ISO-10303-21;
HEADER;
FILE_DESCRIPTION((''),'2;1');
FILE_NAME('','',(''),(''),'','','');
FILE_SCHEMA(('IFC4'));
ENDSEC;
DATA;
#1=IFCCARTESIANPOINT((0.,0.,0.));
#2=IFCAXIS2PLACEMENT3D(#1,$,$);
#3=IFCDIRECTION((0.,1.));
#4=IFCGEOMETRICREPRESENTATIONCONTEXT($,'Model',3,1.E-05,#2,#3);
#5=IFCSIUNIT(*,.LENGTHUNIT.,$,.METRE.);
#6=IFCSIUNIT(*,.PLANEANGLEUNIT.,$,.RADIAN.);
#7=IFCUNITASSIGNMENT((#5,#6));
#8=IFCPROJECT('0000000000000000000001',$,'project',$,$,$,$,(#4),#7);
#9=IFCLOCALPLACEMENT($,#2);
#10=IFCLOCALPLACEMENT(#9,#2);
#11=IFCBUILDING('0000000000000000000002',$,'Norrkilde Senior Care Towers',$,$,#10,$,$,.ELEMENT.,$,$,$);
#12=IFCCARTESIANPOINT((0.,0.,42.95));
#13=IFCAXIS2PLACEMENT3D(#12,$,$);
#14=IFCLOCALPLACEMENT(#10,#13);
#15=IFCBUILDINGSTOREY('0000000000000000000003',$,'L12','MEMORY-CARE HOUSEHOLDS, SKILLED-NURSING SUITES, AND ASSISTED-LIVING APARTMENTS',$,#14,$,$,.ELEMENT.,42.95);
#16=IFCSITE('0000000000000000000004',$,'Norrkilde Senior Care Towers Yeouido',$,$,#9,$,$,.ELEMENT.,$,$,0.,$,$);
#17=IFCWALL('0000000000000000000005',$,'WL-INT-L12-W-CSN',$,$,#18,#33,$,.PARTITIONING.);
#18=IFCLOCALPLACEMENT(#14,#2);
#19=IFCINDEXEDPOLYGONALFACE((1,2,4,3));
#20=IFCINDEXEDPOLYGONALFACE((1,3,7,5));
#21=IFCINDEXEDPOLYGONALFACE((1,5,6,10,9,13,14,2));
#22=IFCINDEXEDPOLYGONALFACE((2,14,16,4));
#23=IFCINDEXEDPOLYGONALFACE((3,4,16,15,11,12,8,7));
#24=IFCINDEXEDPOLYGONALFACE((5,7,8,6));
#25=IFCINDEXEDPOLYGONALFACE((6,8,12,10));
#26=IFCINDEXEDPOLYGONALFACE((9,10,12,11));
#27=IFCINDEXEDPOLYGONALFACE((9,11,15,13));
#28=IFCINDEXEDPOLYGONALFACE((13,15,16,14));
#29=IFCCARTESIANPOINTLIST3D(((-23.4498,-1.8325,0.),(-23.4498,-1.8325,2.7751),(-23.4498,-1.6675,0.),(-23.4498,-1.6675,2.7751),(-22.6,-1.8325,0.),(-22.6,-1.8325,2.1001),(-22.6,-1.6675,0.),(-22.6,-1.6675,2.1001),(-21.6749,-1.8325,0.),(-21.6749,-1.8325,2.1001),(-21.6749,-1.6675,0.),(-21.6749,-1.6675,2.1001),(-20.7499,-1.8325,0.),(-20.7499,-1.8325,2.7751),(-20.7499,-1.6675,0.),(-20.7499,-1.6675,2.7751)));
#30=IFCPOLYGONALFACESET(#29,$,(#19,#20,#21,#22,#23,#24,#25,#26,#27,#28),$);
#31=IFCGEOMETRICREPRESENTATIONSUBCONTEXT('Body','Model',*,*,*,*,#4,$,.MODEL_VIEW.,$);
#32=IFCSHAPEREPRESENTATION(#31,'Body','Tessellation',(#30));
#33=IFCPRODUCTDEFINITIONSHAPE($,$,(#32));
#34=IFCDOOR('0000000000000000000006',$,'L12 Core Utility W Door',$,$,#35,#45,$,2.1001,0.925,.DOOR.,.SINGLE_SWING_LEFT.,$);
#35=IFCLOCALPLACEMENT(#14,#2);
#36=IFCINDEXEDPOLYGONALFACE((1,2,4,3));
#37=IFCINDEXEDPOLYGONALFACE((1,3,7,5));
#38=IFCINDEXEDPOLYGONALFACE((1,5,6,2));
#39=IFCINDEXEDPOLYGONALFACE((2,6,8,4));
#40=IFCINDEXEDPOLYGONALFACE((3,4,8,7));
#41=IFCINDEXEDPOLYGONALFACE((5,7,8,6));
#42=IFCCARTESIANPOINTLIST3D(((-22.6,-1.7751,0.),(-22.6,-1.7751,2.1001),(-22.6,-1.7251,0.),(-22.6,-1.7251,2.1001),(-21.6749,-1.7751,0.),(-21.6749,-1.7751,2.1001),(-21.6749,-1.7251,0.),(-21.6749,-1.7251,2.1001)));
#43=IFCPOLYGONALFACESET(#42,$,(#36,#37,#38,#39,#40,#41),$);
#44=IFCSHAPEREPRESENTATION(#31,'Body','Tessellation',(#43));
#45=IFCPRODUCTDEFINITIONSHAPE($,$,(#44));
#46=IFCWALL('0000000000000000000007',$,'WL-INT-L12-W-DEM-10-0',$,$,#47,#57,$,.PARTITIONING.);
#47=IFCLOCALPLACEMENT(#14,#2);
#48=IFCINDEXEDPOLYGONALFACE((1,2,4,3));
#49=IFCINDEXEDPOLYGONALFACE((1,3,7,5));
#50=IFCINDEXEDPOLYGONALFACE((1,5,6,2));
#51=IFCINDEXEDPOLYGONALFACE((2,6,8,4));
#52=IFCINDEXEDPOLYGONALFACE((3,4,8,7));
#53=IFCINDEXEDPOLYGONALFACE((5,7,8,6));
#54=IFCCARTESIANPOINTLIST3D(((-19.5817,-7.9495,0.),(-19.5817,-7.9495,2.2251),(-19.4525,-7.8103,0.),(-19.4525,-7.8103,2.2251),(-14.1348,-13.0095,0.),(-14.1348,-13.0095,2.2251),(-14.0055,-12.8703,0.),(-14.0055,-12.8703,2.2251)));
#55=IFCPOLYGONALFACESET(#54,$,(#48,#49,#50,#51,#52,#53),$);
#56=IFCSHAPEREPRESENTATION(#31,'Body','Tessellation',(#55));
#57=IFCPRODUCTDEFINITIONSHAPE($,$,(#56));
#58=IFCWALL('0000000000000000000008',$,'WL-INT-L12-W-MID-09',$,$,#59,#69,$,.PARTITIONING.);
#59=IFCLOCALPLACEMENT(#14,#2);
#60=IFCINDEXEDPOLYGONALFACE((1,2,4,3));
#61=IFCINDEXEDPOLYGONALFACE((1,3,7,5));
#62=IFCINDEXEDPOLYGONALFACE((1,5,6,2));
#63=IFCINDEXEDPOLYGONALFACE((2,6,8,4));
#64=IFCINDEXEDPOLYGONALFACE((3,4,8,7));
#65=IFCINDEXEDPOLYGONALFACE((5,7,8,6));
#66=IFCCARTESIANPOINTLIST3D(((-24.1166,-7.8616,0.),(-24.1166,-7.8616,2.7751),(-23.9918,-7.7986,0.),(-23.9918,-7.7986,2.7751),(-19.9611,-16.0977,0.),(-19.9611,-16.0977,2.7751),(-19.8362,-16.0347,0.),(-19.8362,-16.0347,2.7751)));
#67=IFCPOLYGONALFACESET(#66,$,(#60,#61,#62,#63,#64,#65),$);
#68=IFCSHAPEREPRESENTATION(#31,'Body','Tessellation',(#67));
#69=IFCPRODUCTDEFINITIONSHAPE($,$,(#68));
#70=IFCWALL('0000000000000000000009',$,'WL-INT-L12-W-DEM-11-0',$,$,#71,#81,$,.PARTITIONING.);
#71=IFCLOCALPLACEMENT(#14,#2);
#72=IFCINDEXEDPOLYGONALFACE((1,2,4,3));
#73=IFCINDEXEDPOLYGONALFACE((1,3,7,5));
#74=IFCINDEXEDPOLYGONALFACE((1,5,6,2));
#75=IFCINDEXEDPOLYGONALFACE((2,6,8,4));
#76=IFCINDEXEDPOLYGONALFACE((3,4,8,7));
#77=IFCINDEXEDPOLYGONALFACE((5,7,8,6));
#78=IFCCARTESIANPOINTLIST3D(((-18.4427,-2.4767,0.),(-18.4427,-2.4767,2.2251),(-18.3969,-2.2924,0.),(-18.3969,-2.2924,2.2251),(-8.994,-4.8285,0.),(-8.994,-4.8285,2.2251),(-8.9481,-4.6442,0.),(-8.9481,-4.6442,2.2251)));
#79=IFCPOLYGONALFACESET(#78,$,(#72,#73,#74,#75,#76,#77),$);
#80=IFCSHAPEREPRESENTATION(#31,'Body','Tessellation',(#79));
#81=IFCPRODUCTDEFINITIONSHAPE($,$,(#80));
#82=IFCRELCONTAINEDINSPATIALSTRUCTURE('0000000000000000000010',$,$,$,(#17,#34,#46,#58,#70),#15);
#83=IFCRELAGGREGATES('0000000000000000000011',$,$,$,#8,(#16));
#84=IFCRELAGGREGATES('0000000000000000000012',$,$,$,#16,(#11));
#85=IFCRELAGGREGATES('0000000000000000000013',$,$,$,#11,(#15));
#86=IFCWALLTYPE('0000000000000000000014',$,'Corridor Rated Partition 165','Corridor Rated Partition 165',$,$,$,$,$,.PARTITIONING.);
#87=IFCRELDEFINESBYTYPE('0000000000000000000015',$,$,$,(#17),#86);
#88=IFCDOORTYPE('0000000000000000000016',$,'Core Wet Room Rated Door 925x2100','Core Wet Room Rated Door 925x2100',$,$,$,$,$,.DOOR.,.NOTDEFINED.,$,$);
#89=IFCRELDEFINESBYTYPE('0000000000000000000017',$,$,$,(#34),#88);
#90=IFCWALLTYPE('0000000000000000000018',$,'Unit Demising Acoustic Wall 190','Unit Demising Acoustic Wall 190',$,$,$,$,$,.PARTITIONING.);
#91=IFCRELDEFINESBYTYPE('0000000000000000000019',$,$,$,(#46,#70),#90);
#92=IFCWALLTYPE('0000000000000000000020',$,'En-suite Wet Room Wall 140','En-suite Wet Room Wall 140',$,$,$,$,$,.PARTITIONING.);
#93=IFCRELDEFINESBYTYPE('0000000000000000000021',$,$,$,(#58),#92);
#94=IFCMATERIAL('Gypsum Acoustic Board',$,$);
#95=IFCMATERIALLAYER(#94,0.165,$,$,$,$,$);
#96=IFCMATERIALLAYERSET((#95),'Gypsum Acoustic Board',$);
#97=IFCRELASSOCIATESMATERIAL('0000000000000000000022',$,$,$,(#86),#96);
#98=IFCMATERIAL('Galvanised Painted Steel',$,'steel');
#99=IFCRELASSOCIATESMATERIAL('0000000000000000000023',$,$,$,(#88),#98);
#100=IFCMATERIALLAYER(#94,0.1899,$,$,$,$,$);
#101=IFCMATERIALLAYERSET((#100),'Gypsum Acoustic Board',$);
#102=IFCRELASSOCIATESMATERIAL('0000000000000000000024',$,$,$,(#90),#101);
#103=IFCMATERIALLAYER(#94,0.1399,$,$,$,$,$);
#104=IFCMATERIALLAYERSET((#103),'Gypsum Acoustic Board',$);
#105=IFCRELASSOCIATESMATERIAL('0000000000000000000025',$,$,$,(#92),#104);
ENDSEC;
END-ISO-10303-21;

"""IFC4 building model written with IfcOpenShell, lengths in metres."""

from ifc_helpers import new_model, si_unit, direction, frame, frame_2d, origin, place, context, subcontext, project, spatial, rectangle, extrude, source, transform, mapped, material, layer, layer_set, type_object, type_shapes, element, fill, save


model = new_model("IFC4")

# Units and contexts
model_context = context("Model", 3, precision=1e-05, world=origin(), true_north=direction((0.0, 1.0)))
body_context = subcontext(model_context, "Body", "Model", "MODEL_VIEW")
ifc_project = project(units=[si_unit("LENGTHUNIT", "METRE"), si_unit("PLANEANGLEUNIT", "RADIAN")], contexts=[model_context])

# Site, building, storey
site_placement = place(None, origin())
site = spatial("IfcSite", under=ifc_project, at=site_placement, Name="Norrkilde Senior Care Towers Yeouido", CompositionType="ELEMENT", RefElevation=0.0)
building_placement = place(site_placement, origin())
building = spatial("IfcBuilding", under=site, at=building_placement, Name="Norrkilde Senior Care Towers", CompositionType="ELEMENT")
storey_placement = place(building_placement, frame((0.0, 0.0, 42.95)))
storey = spatial("IfcBuildingStorey", under=building, at=storey_placement, Name="L12", Description="MEMORY-CARE HOUSEHOLDS, SKILLED-NURSING SUITES, AND ASSISTED-LIVING APARTMENTS", CompositionType="ELEMENT", Elevation=42.95)

# Wall, opening, door
ifc_material_1 = material(Name="Gypsum Acoustic Board")
ifc_layer_1 = layer(ifc_material_1, 0.165)
ifc_layer_set_1 = layer_set([ifc_layer_1], Name="Gypsum Acoustic Board")
wall_type_1 = type_object("IfcWallType", Name="Corridor Rated Partition 165", Description="Corridor Rated Partition 165", PredefinedType="PARTITIONING", material=ifc_layer_set_1)
shared_shape_1 = source(origin(), body_context, "Body", "SweptSolid", [
    extrude(rectangle(XDim=2.7, YDim=0.165, at=frame_2d((1.3501, 0.0))), origin(), (0.0, 0.0, 1.0), 2.7751),
])
wall_1_placement = place(storey_placement, frame((-23.45, -1.75, 0.0), z_axis=(0.0, 0.0, 1.0), x_axis=(1.0, 0.0, 0.0)))
wall_1 = element("IfcWall", 1, at=wall_1_placement, inside=storey, type_object=wall_type_1, Name="WL-INT-L12-W-CSN", PredefinedType="PARTITIONING", context=body_context, shape_type="MappedRepresentation", body=[
    mapped(shared_shape_1, transform((0.0, 0.0, 0.0), x_axis=(1.0, 0.0, 0.0), y_axis=(0.0, 1.0, 0.0), z_axis=(0.0, 0.0, 1.0), scale=1.0)),
])
opening_1_placement = place(wall_1_placement, frame((0.8501, 0.0, 0.0)))
opening_1 = element("IfcOpeningElement", 2, at=opening_1_placement, cuts=wall_1, PredefinedType="OPENING", context=body_context, shape_type="SweptSolid", body=[
    extrude(rectangle(XDim=0.925, YDim=2.1001, at=frame_2d((0.4624, 1.05))), frame((0.0, 0.0925, 0.0), z_axis=(0.0, -1.0, 0.0), x_axis=(1.0, 0.0, 0.0)), (0.0, 0.0, 1.0), 0.1851),
])
ifc_material_2 = material(Name="Galvanised Painted Steel", Category="steel")
door_type_1 = type_object("IfcDoorType", Name="Core Wet Room Rated Door 925x2100", Description="Core Wet Room Rated Door 925x2100", OperationType="NOTDEFINED", PredefinedType="DOOR", material=ifc_material_2)
shared_shape_2 = source(origin(), body_context, "Body", "SweptSolid", [
    extrude(rectangle(XDim=0.925, YDim=2.1001, at=frame_2d((0.4624, 1.05))), frame((0.0, 0.0249, 0.0), z_axis=(0.0, -1.0, 0.0), x_axis=(1.0, 0.0, 0.0)), (0.0, 0.0, 1.0), 0.05),
])
type_shapes(door_type_1, [shared_shape_2])
door_1_placement = place(opening_1_placement, origin())
door_1 = element("IfcDoor", 3, at=door_1_placement, inside=storey, type_object=door_type_1, Name="L12 Core Utility W Door", OperationType="SINGLE_SWING_LEFT", OverallHeight=2.1001, OverallWidth=0.925, PredefinedType="DOOR", context=body_context, shape_type="MappedRepresentation", body=[
    mapped(shared_shape_2, transform((0.0, 0.0, 0.0), x_axis=(1.0, 0.0, 0.0), y_axis=(0.0, 1.0, 0.0), z_axis=(0.0, 0.0, 1.0), scale=1.0)),
])
fill(opening_1, door_1)

# Walls
ifc_layer_2 = layer(ifc_material_1, 0.1899)
ifc_layer_set_2 = layer_set([ifc_layer_2], Name="Gypsum Acoustic Board")
wall_type_2 = type_object("IfcWallType", Name="Unit Demising Acoustic Wall 190", Description="Unit Demising Acoustic Wall 190", PredefinedType="PARTITIONING", material=ifc_layer_set_2)
shared_shape_3 = source(origin(), body_context, "Body", "SweptSolid", [
    extrude(rectangle(XDim=7.4346, YDim=0.1899, at=frame_2d((3.7173, 0.0))), origin(), (0.0, 0.0, 1.0), 2.2251),
])
wall_2_placement = place(storey_placement, frame((-19.5171, -7.8799, 0.0), z_axis=(0.0, 0.0, 1.0), x_axis=(0.732652, -0.680603, 0.0)))
element("IfcWall", 4, at=wall_2_placement, inside=storey, type_object=wall_type_2, Name="WL-INT-L12-W-DEM-10-0", PredefinedType="PARTITIONING", context=body_context, shape_type="MappedRepresentation", body=[
    mapped(shared_shape_3, transform((0.0, 0.0, 0.0), x_axis=(1.0, 0.0, 0.0), y_axis=(0.0, 1.0, 0.0), z_axis=(0.0, 0.0, 1.0), scale=1.0)),
])
ifc_layer_3 = layer(ifc_material_1, 0.1399)
ifc_layer_set_3 = layer_set([ifc_layer_3], Name="Gypsum Acoustic Board")
wall_type_3 = type_object("IfcWallType", Name="En-suite Wet Room Wall 140", Description="En-suite Wet Room Wall 140", PredefinedType="PARTITIONING", material=ifc_layer_set_3)
shared_shape_4 = source(origin(), body_context, "Body", "SweptSolid", [
    extrude(rectangle(XDim=9.2251, YDim=0.1399, at=frame_2d((4.6125, 0.0))), origin(), (0.0, 0.0, 1.0), 2.7751),
])
type_shapes(wall_type_3, [shared_shape_4])
wall_3_placement = place(storey_placement, frame((-24.0542, -7.8301, 0.0), z_axis=(0.0, 0.0, 1.0), x_axis=(0.450461, -0.892796, 0.0)))
element("IfcWall", 5, at=wall_3_placement, inside=storey, type_object=wall_type_3, Name="WL-INT-L12-W-MID-09", PredefinedType="PARTITIONING", context=body_context, shape_type="MappedRepresentation", body=[
    mapped(shared_shape_4, transform((0.0, 0.0, 0.0), x_axis=(1.0, 0.0, 0.0), y_axis=(0.0, 1.0, 0.0), z_axis=(0.0, 0.0, 1.0), scale=1.0)),
])
shared_shape_5 = source(origin(), body_context, "Body", "SweptSolid", [
    extrude(rectangle(XDim=9.7371, YDim=0.1899, at=frame_2d((4.8687, 0.0))), origin(), (0.0, 0.0, 1.0), 2.2251),
])
type_shapes(wall_type_2, [shared_shape_3, shared_shape_5])
wall_4_placement = place(storey_placement, frame((-18.4199, -2.3845, 0.0), z_axis=(0.0, 0.0, 1.0), x_axis=(0.970393, -0.241533, 0.0)))
element("IfcWall", 6, at=wall_4_placement, inside=storey, type_object=wall_type_2, Name="WL-INT-L12-W-DEM-11-0", PredefinedType="PARTITIONING", context=body_context, shape_type="MappedRepresentation", body=[
    mapped(shared_shape_5, transform((0.0, 0.0, 0.0), x_axis=(1.0, 0.0, 0.0), y_axis=(0.0, 1.0, 0.0), z_axis=(0.0, 0.0, 1.0), scale=1.0)),
])

save(model, "model.ifc")
